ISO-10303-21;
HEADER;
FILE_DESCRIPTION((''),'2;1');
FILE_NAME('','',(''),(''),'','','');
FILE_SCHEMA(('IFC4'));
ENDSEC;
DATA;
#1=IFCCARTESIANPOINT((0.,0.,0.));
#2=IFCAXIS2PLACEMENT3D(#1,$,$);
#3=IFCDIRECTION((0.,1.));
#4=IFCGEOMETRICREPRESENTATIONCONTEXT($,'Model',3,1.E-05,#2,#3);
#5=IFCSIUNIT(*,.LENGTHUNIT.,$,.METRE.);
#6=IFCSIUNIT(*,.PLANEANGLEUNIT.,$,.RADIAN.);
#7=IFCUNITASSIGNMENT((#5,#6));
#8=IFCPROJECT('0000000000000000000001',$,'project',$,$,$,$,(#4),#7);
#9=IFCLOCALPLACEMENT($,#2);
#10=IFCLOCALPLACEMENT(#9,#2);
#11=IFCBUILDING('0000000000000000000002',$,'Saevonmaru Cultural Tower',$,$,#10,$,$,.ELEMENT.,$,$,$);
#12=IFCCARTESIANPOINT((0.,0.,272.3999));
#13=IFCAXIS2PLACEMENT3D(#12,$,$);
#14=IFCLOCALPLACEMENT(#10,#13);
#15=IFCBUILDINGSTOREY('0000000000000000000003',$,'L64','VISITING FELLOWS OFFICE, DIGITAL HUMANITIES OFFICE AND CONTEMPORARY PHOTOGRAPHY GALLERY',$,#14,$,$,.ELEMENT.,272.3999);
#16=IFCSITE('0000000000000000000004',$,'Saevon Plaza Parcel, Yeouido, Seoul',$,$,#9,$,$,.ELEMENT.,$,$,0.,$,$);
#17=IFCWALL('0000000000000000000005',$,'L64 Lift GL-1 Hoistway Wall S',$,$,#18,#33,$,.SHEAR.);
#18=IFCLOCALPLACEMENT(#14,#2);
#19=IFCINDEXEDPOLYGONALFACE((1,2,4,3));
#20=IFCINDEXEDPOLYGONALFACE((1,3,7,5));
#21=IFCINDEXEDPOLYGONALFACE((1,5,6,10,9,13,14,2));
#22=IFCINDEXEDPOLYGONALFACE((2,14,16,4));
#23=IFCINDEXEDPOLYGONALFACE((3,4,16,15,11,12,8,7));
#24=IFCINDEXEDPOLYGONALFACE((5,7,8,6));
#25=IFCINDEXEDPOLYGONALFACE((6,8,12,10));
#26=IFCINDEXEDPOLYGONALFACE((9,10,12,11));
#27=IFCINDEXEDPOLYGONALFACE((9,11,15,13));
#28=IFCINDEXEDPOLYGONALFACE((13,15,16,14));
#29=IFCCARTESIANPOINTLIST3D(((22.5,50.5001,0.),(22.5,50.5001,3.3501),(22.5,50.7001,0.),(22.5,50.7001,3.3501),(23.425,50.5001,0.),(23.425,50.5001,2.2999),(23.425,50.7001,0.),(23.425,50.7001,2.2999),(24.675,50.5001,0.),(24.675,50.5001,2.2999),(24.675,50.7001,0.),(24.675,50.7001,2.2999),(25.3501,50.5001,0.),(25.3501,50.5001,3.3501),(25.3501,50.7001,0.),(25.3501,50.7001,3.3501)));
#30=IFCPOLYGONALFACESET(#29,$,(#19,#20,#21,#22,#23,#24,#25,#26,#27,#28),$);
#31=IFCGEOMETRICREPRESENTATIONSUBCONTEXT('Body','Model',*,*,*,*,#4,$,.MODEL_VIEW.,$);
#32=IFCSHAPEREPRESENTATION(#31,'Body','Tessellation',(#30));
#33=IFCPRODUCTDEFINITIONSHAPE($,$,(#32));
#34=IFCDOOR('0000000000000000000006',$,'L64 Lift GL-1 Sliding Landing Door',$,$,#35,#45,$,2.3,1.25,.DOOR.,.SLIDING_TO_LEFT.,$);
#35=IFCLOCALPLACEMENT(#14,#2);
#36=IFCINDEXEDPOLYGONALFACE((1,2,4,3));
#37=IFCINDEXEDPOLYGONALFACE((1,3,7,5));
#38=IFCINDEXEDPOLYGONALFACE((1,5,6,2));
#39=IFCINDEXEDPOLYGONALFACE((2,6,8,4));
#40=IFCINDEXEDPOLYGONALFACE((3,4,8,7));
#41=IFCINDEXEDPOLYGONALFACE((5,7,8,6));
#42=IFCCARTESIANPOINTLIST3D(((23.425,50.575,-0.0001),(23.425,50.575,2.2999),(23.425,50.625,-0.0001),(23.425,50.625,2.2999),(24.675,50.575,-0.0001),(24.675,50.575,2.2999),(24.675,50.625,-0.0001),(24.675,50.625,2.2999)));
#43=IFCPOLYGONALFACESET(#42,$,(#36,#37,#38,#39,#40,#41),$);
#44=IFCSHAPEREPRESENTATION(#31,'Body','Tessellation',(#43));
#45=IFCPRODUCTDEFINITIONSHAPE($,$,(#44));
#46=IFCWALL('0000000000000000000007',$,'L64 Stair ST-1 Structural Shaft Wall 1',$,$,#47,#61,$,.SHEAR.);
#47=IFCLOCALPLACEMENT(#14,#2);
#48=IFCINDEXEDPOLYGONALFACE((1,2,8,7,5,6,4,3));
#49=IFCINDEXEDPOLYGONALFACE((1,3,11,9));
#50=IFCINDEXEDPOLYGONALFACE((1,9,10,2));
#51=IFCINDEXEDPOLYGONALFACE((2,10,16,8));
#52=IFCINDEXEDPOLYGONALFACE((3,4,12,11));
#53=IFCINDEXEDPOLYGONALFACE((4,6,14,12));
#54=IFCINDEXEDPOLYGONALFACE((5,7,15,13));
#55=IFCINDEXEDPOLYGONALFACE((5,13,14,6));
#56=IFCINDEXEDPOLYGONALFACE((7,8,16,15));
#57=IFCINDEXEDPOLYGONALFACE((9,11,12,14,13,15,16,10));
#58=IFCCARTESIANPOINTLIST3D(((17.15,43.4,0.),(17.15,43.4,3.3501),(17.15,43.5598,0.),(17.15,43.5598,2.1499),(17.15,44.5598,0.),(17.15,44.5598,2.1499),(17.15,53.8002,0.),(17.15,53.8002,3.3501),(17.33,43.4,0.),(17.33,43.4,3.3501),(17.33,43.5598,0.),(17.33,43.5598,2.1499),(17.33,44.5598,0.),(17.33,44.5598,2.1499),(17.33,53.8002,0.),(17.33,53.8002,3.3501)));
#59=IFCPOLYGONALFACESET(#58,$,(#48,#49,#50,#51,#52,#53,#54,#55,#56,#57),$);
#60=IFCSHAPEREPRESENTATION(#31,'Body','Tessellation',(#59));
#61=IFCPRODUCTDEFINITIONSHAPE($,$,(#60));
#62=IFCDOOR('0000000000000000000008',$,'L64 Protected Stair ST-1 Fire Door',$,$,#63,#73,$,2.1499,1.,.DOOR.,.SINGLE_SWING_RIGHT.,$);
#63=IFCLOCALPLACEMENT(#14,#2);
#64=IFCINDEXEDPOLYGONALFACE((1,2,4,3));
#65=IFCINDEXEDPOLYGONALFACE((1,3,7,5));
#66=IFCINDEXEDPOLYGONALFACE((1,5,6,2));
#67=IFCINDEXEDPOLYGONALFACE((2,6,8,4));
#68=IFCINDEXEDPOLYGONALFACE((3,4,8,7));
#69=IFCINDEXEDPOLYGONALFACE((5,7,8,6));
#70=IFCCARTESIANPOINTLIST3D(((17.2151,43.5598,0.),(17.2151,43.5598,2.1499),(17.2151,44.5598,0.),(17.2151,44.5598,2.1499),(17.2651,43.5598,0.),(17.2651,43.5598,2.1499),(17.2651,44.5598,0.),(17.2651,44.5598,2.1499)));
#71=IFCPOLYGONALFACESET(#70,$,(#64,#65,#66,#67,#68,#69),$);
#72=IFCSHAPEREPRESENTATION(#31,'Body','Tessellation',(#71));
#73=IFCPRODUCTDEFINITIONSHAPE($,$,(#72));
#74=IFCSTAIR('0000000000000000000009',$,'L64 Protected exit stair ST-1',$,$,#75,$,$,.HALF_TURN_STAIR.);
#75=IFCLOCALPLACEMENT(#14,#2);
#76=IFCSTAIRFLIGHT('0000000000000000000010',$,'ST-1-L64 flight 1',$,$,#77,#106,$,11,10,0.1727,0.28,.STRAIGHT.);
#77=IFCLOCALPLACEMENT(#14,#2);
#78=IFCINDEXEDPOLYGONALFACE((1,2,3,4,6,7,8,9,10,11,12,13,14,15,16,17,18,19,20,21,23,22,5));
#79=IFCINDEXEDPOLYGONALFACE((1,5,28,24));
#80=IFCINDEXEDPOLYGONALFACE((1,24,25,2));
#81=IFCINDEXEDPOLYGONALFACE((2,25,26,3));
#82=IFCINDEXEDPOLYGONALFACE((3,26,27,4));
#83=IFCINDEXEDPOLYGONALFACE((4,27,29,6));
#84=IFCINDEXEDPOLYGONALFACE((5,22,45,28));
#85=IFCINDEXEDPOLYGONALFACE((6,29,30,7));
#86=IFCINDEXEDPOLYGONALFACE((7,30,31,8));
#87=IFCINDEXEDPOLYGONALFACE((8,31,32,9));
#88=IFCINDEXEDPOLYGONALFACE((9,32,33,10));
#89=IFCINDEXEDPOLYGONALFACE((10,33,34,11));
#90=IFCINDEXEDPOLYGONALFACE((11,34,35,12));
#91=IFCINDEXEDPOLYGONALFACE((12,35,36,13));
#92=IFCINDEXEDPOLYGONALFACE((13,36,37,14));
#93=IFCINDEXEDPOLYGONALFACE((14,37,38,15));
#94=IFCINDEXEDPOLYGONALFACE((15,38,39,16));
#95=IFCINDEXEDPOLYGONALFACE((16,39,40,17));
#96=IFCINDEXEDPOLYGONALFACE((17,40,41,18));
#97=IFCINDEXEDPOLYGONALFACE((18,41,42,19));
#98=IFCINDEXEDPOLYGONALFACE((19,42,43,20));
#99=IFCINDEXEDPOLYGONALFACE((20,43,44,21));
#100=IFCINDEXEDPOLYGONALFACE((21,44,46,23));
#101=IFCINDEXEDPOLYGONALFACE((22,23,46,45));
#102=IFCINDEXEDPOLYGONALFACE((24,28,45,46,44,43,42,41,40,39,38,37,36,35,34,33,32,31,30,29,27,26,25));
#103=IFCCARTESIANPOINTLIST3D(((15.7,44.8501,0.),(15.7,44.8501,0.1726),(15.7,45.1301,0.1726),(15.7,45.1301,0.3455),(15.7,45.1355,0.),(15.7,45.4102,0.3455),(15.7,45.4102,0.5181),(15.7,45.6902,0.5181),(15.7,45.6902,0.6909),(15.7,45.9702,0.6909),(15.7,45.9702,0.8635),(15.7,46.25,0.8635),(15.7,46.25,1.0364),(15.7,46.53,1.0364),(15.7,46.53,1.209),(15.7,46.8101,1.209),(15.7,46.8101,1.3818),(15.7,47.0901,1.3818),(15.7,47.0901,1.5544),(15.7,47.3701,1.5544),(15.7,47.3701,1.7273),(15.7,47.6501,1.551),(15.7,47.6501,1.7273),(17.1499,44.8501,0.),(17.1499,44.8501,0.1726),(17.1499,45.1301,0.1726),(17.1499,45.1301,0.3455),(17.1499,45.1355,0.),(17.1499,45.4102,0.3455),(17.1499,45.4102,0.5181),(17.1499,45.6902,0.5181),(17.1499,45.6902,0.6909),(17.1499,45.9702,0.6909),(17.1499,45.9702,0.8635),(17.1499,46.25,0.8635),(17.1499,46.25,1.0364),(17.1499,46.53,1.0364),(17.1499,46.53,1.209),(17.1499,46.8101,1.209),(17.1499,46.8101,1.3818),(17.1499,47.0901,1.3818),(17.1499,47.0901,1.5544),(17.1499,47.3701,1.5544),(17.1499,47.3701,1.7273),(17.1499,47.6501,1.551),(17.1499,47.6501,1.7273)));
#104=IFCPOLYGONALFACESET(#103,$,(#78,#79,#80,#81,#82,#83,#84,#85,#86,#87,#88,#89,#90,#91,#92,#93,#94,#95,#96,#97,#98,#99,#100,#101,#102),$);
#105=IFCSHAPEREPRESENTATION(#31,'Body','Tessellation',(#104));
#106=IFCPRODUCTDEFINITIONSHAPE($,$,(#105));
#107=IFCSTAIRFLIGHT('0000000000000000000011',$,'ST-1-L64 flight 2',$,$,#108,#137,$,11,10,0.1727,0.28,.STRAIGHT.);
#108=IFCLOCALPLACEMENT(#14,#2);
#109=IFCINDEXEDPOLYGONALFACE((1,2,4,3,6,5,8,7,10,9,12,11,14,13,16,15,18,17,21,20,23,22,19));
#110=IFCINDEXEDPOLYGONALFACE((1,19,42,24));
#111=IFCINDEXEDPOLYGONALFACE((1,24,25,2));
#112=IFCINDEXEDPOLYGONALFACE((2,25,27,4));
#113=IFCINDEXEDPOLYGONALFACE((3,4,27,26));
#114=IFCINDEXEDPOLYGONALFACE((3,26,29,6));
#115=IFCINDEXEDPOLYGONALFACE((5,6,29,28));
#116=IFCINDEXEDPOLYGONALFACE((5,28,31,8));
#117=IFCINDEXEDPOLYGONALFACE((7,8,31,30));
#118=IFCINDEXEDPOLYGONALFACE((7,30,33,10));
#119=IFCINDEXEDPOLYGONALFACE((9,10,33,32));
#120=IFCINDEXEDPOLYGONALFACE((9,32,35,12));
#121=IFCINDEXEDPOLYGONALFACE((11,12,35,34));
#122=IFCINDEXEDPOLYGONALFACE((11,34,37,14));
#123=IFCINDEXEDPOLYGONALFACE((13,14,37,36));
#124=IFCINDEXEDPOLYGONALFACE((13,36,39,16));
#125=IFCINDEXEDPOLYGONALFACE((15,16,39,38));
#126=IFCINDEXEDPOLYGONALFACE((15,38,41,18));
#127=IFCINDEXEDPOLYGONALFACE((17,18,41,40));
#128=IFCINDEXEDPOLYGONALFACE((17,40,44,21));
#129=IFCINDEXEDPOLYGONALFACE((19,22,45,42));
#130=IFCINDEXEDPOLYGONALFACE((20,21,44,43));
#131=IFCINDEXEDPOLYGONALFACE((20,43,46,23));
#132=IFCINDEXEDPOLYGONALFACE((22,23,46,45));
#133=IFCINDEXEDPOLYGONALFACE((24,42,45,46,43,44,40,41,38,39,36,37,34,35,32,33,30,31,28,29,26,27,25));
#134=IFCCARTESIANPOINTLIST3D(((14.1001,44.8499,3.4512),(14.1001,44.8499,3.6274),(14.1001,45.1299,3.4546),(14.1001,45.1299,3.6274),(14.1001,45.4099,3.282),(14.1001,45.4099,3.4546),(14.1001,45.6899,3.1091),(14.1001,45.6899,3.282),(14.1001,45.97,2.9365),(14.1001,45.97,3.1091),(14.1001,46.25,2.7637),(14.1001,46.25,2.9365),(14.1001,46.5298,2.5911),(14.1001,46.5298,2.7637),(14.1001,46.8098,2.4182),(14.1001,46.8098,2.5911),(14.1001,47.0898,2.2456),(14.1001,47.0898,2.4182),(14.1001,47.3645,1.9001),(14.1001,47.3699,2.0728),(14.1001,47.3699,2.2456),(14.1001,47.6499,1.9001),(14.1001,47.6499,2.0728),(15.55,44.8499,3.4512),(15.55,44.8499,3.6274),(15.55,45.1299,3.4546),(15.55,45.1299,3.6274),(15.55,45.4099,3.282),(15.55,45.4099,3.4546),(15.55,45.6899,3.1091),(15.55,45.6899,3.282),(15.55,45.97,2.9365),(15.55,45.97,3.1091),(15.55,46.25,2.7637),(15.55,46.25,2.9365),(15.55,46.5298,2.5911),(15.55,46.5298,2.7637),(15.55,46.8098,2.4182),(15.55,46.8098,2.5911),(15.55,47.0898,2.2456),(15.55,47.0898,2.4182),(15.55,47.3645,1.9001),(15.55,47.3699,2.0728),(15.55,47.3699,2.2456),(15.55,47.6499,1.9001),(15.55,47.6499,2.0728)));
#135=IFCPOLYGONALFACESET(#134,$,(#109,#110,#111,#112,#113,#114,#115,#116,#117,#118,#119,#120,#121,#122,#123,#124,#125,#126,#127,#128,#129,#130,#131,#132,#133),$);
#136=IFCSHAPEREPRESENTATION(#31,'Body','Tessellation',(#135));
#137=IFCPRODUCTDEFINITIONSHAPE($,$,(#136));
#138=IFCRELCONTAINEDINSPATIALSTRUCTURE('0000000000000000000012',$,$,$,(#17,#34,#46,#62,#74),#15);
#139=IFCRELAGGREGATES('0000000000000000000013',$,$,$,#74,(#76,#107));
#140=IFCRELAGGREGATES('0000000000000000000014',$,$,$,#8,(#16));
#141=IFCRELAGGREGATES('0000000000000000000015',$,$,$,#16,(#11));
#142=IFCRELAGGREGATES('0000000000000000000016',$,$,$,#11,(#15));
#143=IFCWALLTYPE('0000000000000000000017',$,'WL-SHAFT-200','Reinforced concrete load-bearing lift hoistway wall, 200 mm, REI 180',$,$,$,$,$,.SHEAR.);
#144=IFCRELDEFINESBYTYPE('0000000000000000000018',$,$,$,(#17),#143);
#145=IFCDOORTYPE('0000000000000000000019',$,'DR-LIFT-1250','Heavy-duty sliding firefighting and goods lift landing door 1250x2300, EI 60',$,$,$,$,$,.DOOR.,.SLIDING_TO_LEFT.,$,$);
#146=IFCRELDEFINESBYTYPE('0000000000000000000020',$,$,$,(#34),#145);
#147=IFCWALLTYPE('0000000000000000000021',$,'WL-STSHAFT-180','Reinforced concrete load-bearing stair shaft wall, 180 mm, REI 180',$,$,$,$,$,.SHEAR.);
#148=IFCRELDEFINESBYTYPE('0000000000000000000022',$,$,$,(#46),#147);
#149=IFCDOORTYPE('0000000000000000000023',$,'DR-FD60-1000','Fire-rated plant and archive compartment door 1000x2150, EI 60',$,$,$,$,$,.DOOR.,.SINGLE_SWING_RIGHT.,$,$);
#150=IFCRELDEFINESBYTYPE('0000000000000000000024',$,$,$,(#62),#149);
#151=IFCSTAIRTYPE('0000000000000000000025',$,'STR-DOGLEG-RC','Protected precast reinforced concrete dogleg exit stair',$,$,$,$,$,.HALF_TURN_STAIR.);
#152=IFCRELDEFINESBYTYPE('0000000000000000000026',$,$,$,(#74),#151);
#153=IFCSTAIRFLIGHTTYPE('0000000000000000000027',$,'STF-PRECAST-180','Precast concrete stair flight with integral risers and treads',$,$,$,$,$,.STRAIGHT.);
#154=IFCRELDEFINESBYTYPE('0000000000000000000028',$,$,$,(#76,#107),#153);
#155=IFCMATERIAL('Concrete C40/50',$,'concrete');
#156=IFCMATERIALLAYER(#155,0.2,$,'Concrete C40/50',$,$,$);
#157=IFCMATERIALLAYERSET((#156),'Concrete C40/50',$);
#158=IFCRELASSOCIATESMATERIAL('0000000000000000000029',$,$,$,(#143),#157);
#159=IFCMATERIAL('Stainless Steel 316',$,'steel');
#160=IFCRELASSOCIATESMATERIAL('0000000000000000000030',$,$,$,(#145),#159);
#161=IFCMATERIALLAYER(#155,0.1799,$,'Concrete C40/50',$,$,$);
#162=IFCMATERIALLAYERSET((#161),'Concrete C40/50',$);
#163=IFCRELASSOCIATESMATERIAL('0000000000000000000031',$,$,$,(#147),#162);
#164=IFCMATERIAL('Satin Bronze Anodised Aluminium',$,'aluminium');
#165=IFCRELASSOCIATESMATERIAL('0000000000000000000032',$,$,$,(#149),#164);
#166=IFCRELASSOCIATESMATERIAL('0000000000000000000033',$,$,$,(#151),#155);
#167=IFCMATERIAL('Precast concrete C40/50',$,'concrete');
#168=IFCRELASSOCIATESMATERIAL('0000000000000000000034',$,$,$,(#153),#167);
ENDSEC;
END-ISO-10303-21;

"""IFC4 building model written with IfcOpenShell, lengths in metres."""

from ifc_helpers import new_model, si_unit, direction, frame, frame_2d, origin, place, context, subcontext, project, spatial, polyline, rectangle, outline, extrude, material, layer, layer_set, type_object, element, fill, aggregate, save


model = new_model("IFC4")

# Units and contexts
model_context = context("Model", 3, precision=1e-05, world=origin(), true_north=direction((0.0, 1.0)))
body_context = subcontext(model_context, "Body", "Model", "MODEL_VIEW")
ifc_project = project(units=[si_unit("LENGTHUNIT", "METRE"), si_unit("PLANEANGLEUNIT", "RADIAN")], contexts=[model_context])

# Site, building, storey
site_placement = place(None, origin())
site = spatial("IfcSite", under=ifc_project, at=site_placement, Name="Saevon Plaza Parcel, Yeouido, Seoul", CompositionType="ELEMENT", RefElevation=0.0)
building_placement = place(site_placement, origin())
building = spatial("IfcBuilding", under=site, at=building_placement, Name="Saevonmaru Cultural Tower", CompositionType="ELEMENT")
storey_placement = place(building_placement, frame((0.0, 0.0, 272.3999)))
storey = spatial("IfcBuildingStorey", under=building, at=storey_placement, Name="L64", Description="VISITING FELLOWS OFFICE, DIGITAL HUMANITIES OFFICE AND CONTEMPORARY PHOTOGRAPHY GALLERY", CompositionType="ELEMENT", Elevation=272.3999)

# Shared definitions
ifc_material_1 = material(Name="Satin Bronze Anodised Aluminium", Category="aluminium")

# Walls, openings, doors
ifc_material_2 = material(Name="Concrete C40/50", Category="concrete")
ifc_layer_1 = layer(ifc_material_2, 0.2, Name="Concrete C40/50")
ifc_layer_set_1 = layer_set([ifc_layer_1], Name="Concrete C40/50")
wall_type_1 = type_object("IfcWallType", Name="WL-SHAFT-200", Description="Reinforced concrete load-bearing lift hoistway wall, 200 mm, REI 180", PredefinedType="SHEAR", material=ifc_layer_set_1)
ifc_material_3 = material(Name="Stainless Steel 316", Category="steel")
door_type_1 = type_object("IfcDoorType", Name="DR-LIFT-1250", Description="Heavy-duty sliding firefighting and goods lift landing door 1250x2300, EI 60", OperationType="SLIDING_TO_LEFT", PredefinedType="DOOR", material=ifc_material_3)
wall_1_placement = place(storey_placement, frame((22.5, 50.6001, 0.0), z_axis=(0.0, 0.0, 1.0), x_axis=(1.0, 0.0, 0.0)))
wall_1 = element("IfcWall", 1, at=wall_1_placement, inside=storey, type_object=wall_type_1, Name="L64 Lift GL-1 Hoistway Wall S", PredefinedType="SHEAR", context=body_context, shape_type="SweptSolid", body=[
    extrude(rectangle(XDim=2.8501, YDim=0.2, at=frame_2d((1.425, 0.0))), origin(), (0.0, 0.0, 1.0), 3.3501),
])
opening_1_placement = place(wall_1_placement, frame((0.925, 0.0, 0.0)))
opening_1 = element("IfcOpeningElement", 2, at=opening_1_placement, cuts=wall_1, PredefinedType="OPENING", context=body_context, shape_type="SweptSolid", body=[
    extrude(rectangle(XDim=1.25, YDim=2.3, at=frame_2d((0.625, 1.1499))), frame((0.0, 0.1099, 0.0), z_axis=(0.0, -1.0, 0.0), x_axis=(1.0, 0.0, 0.0)), (0.0, 0.0, 1.0), 0.22),
])
door_1_placement = place(opening_1_placement, origin())
door_1 = element("IfcDoor", 3, at=door_1_placement, inside=storey, type_object=door_type_1, Name="L64 Lift GL-1 Sliding Landing Door", OperationType="SLIDING_TO_LEFT", OverallHeight=2.3, OverallWidth=1.25, PredefinedType="DOOR", context=body_context, shape_type="SweptSolid", body=[
    extrude(rectangle(XDim=1.25, YDim=2.3, at=frame_2d((0.625, 1.1499))), frame((0.0, 0.0249, 0.0), z_axis=(0.0, -1.0, 0.0), x_axis=(1.0, 0.0, 0.0)), (0.0, 0.0, 1.0), 0.05),
])
fill(opening_1, door_1)
ifc_layer_2 = layer(ifc_material_2, 0.1799, Name="Concrete C40/50")
ifc_layer_set_2 = layer_set([ifc_layer_2], Name="Concrete C40/50")
wall_type_2 = type_object("IfcWallType", Name="WL-STSHAFT-180", Description="Reinforced concrete load-bearing stair shaft wall, 180 mm, REI 180", PredefinedType="SHEAR", material=ifc_layer_set_2)
wall_2_placement = place(storey_placement, frame((17.24, 43.3999, 0.0), z_axis=(0.0, 0.0, 1.0), x_axis=(0.0, 1.0, 0.0)))
wall_2 = element("IfcWall", 4, at=wall_2_placement, inside=storey, type_object=wall_type_2, Name="L64 Stair ST-1 Structural Shaft Wall 1", PredefinedType="SHEAR", context=body_context, shape_type="SweptSolid", body=[
    extrude(rectangle(XDim=10.4001, YDim=0.1799, at=frame_2d((5.2002, 0.0))), origin(), (0.0, 0.0, 1.0), 3.3501),
])
opening_2_placement = place(wall_2_placement, frame((0.1599, 0.0, 0.0)))
opening_2 = element("IfcOpeningElement", 5, at=opening_2_placement, cuts=wall_2, PredefinedType="OPENING", context=body_context, shape_type="SweptSolid", body=[
    extrude(rectangle(XDim=1.0, YDim=2.1499, at=frame_2d((0.5, 1.075))), frame((0.0, 0.1001, 0.0), z_axis=(0.0, -1.0, 0.0), x_axis=(1.0, 0.0, 0.0)), (0.0, 0.0, 1.0), 0.2),
])
door_type_2 = type_object("IfcDoorType", Name="DR-FD60-1000", Description="Fire-rated plant and archive compartment door 1000x2150, EI 60", OperationType="SINGLE_SWING_RIGHT", PredefinedType="DOOR", material=ifc_material_1)
door_2_placement = place(opening_2_placement, origin())
door_2 = element("IfcDoor", 6, at=door_2_placement, inside=storey, type_object=door_type_2, Name="L64 Protected Stair ST-1 Fire Door", OperationType="SINGLE_SWING_RIGHT", OverallHeight=2.1499, OverallWidth=1.0, PredefinedType="DOOR", context=body_context, shape_type="SweptSolid", body=[
    extrude(rectangle(XDim=1.0, YDim=2.1499, at=frame_2d((0.5, 1.075))), frame((0.0, 0.0249, 0.0), z_axis=(0.0, -1.0, 0.0), x_axis=(1.0, 0.0, 0.0)), (0.0, 0.0, 1.0), 0.05),
])
fill(opening_2, door_2)

# Stair, stair flights
stair_type = type_object("IfcStairType", Name="STR-DOGLEG-RC", Description="Protected precast reinforced concrete dogleg exit stair", PredefinedType="HALF_TURN_STAIR", material=ifc_material_2)
stair_placement = place(storey_placement, origin())
stair = element("IfcStair", 7, at=stair_placement, inside=storey, type_object=stair_type, Name="L64 Protected exit stair ST-1", PredefinedType="HALF_TURN_STAIR")
ifc_material_4 = material(Name="Precast concrete C40/50", Category="concrete")
stair_flight_type = type_object("IfcStairFlightType", Name="STF-PRECAST-180", Description="Precast concrete stair flight with integral risers and treads", PredefinedType="STRAIGHT", material=ifc_material_4)
stair_flight_1_placement = place(storey_placement, frame((16.425, 44.8501, 0.0), z_axis=(0.0, 0.0, 1.0), x_axis=(0.0, 1.0, 0.0)))
stair_flight_1 = element("IfcStairFlight", 8, at=stair_flight_1_placement, type_object=stair_flight_type, Name="ST-1-L64 flight 1", NumberOfRisers=11, NumberOfTreads=10, PredefinedType="STRAIGHT", RiserHeight=0.1727, TreadLength=0.28, context=body_context, shape_type="SweptSolid", body=[
    extrude(outline(polyline([(0.0, 0.0), (0.0, 0.1726), (0.28, 0.1726), (0.28, 0.3455), (0.5601, 0.3455), (0.5601, 0.5181), (0.8401, 0.5181), (0.8401, 0.6909), (1.1201, 0.6909), (1.1201, 0.8635), (1.3999, 0.8635), (1.3999, 1.0364), (1.6799, 1.0364), (1.6799, 1.209), (1.96, 1.209), (1.96, 1.3818), (2.24, 1.3818), (2.24, 1.5544), (2.52, 1.5544), (2.52, 1.7273), (2.8, 1.7273), (2.8, 1.8999), (2.8, 1.551), (0.2854, 0.0), (0.0, 0.0)])), frame((0.0, 0.7251, 0.0), z_axis=(0.0, -1.0, 0.0), x_axis=(1.0, 0.0, 0.0)), (0.0, 0.0, 1.0), 1.45),
])
stair_flight_2_placement = place(storey_placement, frame((14.825, 47.6499, 1.9001), z_axis=(0.0, 0.0, 1.0), x_axis=(0.0, -1.0, 0.0)))
stair_flight_2 = element("IfcStairFlight", 9, at=stair_flight_2_placement, type_object=stair_flight_type, Name="ST-1-L64 flight 2", NumberOfRisers=11, NumberOfTreads=10, PredefinedType="STRAIGHT", RiserHeight=0.1727, TreadLength=0.28, context=body_context, shape_type="SweptSolid", body=[
    extrude(outline(polyline([(0.0, 0.0), (0.0, 0.1726), (0.28, 0.1726), (0.28, 0.3455), (0.5601, 0.3455), (0.5601, 0.5181), (0.8401, 0.5181), (0.8401, 0.6909), (1.1201, 0.6909), (1.1201, 0.8635), (1.3999, 0.8635), (1.3999, 1.0364), (1.6799, 1.0364), (1.6799, 1.209), (1.96, 1.209), (1.96, 1.3818), (2.24, 1.3818), (2.24, 1.5544), (2.52, 1.5544), (2.52, 1.7273), (2.8, 1.7273), (2.8, 1.8999), (2.8, 1.551), (0.2854, 0.0), (0.0, 0.0)])), frame((0.0, 0.7251, 0.0), z_axis=(0.0, -1.0, 0.0), x_axis=(1.0, 0.0, 0.0)), (0.0, 0.0, 1.0), 1.45),
])
aggregate(stair, [stair_flight_1, stair_flight_2])

save(model, "model.ifc")
